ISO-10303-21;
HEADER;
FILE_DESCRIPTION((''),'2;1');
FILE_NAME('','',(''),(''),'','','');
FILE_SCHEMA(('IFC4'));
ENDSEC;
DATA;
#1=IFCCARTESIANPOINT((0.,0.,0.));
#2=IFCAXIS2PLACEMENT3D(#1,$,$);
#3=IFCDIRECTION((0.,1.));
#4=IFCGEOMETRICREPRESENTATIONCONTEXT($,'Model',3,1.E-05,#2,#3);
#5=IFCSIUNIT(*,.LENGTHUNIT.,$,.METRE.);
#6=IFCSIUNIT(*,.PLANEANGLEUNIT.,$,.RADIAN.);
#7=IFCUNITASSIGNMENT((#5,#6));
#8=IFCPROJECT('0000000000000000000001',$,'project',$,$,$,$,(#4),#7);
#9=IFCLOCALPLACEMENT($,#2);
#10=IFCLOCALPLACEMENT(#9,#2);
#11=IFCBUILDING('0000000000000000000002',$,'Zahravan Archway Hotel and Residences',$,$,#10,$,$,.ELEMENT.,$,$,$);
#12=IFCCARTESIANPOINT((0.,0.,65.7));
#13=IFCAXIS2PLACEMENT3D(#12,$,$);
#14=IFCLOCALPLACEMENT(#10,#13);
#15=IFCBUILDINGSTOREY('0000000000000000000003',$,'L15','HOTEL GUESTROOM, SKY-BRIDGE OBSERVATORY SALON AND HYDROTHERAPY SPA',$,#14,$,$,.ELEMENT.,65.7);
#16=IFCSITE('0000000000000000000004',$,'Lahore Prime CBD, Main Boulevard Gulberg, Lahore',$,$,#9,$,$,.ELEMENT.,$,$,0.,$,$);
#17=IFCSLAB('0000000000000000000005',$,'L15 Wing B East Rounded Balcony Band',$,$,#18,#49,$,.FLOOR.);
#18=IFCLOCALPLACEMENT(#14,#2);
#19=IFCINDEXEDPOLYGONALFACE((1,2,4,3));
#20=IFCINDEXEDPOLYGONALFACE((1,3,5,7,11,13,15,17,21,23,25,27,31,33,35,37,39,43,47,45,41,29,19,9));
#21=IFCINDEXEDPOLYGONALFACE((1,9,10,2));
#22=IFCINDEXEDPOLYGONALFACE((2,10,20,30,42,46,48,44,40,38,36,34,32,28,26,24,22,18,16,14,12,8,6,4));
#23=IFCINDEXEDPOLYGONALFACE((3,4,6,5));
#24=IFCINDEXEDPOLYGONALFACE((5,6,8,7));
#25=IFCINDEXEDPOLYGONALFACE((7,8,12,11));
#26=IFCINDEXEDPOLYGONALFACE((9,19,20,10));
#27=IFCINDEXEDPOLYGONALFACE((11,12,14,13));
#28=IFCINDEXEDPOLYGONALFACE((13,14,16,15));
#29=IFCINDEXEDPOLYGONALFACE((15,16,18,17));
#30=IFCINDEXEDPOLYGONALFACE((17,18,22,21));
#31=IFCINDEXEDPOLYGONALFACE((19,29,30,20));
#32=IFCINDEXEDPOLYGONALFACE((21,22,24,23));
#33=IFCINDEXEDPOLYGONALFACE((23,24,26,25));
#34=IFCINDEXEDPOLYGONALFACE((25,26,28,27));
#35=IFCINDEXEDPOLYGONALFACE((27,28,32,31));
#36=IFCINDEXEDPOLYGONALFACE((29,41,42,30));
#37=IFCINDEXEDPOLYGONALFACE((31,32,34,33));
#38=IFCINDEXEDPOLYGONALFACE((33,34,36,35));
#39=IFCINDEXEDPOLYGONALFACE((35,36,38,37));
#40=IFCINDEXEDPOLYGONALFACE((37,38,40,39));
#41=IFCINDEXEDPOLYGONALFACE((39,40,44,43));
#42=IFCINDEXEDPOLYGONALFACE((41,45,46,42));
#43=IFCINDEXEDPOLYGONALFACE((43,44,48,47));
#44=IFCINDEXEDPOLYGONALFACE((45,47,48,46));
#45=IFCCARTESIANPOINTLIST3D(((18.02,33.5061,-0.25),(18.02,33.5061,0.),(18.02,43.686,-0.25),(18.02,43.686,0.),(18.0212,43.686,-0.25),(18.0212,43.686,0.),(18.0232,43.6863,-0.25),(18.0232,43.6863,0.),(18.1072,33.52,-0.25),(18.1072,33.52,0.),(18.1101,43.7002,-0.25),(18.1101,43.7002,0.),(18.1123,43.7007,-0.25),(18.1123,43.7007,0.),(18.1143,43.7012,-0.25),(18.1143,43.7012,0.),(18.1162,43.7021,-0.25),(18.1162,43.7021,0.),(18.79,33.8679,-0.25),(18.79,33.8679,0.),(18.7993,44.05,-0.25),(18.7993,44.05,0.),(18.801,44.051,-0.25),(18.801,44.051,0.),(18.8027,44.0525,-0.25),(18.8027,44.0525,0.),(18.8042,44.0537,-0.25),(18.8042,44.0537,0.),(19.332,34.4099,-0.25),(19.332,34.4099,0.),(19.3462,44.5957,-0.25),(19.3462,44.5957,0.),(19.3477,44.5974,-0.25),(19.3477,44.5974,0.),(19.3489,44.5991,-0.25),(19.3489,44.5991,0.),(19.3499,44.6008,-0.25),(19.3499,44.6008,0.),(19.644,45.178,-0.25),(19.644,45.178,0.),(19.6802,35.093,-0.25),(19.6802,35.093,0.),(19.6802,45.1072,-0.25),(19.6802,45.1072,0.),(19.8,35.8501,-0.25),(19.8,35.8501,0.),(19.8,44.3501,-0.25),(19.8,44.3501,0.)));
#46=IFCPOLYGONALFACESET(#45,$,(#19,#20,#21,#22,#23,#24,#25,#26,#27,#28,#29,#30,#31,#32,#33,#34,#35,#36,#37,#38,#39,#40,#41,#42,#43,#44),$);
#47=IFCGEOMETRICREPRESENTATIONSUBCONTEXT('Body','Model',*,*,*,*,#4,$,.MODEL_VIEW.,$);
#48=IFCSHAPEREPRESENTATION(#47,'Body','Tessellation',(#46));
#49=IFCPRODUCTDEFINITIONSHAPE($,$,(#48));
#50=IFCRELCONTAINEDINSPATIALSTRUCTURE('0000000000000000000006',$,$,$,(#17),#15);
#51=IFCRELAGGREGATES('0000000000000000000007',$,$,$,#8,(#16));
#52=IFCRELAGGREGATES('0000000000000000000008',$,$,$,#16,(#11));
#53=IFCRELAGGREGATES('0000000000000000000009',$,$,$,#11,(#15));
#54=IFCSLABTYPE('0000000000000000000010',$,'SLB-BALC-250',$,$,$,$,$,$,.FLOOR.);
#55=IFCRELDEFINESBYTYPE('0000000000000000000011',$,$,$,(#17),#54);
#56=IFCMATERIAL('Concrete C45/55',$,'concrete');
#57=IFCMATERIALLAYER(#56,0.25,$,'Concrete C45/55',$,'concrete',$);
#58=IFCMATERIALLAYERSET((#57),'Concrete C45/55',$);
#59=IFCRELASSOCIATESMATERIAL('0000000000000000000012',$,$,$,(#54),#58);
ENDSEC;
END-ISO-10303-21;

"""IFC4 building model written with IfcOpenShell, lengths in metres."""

from ifc_helpers import new_model, si_unit, direction, frame, origin, place, context, subcontext, project, spatial, polyline, outline, extrude, material, layer, layer_set, type_object, element, save


model = new_model("IFC4")

# Units and contexts
model_context = context("Model", 3, precision=1e-05, world=origin(), true_north=direction((0.0, 1.0)))
body_context = subcontext(model_context, "Body", "Model", "MODEL_VIEW")
ifc_project = project(units=[si_unit("LENGTHUNIT", "METRE"), si_unit("PLANEANGLEUNIT", "RADIAN")], contexts=[model_context])

# Site, building, storey
site_placement = place(None, origin())
site = spatial("IfcSite", under=ifc_project, at=site_placement, Name="Lahore Prime CBD, Main Boulevard Gulberg, Lahore", CompositionType="ELEMENT", RefElevation=0.0)
building_placement = place(site_placement, origin())
building = spatial("IfcBuilding", under=site, at=building_placement, Name="Zahravan Archway Hotel and Residences", CompositionType="ELEMENT")
storey_placement = place(building_placement, frame((0.0, 0.0, 65.7)))
storey = spatial("IfcBuildingStorey", under=building, at=storey_placement, Name="L15", Description="HOTEL GUESTROOM, SKY-BRIDGE OBSERVATORY SALON AND HYDROTHERAPY SPA", CompositionType="ELEMENT", Elevation=65.7)

# Slab
ifc_material_1 = material(Name="Concrete C45/55", Category="concrete")
ifc_layer_1 = layer(ifc_material_1, 0.25, Name="Concrete C45/55", Category="concrete")
ifc_layer_set_1 = layer_set([ifc_layer_1], Name="Concrete C45/55")
slab_type_1 = type_object("IfcSlabType", Name="SLB-BALC-250", PredefinedType="FLOOR", material=ifc_layer_set_1)
slab_1_placement = place(storey_placement, frame((0.0, 0.0, -0.25)))
element("IfcSlab", 1, at=slab_1_placement, inside=storey, type_object=slab_type_1, Name="L15 Wing B East Rounded Balcony Band", PredefinedType="FLOOR", context=body_context, shape_type="SweptSolid", body=[
    extrude(outline(polyline([(19.6802, 45.1072), (19.8, 44.3501), (19.8, 35.8501), (19.6802, 35.093), (19.332, 34.4099), (18.79, 33.8679), (18.1072, 33.52), (18.02, 33.5061), (18.02, 43.686), (18.0212, 43.686), (18.0232, 43.6863), (18.1101, 43.7002), (18.1123, 43.7007), (18.1143, 43.7012), (18.1162, 43.7021), (18.7993, 44.05), (18.801, 44.051), (18.8027, 44.0525), (18.8042, 44.0537), (19.3462, 44.5957), (19.3477, 44.5974), (19.3489, 44.5991), (19.3499, 44.6008), (19.644, 45.178), (19.6802, 45.1072)])), origin(), (0.0, 0.0, 1.0), 0.25),
])

save(model, "model.ifc")
